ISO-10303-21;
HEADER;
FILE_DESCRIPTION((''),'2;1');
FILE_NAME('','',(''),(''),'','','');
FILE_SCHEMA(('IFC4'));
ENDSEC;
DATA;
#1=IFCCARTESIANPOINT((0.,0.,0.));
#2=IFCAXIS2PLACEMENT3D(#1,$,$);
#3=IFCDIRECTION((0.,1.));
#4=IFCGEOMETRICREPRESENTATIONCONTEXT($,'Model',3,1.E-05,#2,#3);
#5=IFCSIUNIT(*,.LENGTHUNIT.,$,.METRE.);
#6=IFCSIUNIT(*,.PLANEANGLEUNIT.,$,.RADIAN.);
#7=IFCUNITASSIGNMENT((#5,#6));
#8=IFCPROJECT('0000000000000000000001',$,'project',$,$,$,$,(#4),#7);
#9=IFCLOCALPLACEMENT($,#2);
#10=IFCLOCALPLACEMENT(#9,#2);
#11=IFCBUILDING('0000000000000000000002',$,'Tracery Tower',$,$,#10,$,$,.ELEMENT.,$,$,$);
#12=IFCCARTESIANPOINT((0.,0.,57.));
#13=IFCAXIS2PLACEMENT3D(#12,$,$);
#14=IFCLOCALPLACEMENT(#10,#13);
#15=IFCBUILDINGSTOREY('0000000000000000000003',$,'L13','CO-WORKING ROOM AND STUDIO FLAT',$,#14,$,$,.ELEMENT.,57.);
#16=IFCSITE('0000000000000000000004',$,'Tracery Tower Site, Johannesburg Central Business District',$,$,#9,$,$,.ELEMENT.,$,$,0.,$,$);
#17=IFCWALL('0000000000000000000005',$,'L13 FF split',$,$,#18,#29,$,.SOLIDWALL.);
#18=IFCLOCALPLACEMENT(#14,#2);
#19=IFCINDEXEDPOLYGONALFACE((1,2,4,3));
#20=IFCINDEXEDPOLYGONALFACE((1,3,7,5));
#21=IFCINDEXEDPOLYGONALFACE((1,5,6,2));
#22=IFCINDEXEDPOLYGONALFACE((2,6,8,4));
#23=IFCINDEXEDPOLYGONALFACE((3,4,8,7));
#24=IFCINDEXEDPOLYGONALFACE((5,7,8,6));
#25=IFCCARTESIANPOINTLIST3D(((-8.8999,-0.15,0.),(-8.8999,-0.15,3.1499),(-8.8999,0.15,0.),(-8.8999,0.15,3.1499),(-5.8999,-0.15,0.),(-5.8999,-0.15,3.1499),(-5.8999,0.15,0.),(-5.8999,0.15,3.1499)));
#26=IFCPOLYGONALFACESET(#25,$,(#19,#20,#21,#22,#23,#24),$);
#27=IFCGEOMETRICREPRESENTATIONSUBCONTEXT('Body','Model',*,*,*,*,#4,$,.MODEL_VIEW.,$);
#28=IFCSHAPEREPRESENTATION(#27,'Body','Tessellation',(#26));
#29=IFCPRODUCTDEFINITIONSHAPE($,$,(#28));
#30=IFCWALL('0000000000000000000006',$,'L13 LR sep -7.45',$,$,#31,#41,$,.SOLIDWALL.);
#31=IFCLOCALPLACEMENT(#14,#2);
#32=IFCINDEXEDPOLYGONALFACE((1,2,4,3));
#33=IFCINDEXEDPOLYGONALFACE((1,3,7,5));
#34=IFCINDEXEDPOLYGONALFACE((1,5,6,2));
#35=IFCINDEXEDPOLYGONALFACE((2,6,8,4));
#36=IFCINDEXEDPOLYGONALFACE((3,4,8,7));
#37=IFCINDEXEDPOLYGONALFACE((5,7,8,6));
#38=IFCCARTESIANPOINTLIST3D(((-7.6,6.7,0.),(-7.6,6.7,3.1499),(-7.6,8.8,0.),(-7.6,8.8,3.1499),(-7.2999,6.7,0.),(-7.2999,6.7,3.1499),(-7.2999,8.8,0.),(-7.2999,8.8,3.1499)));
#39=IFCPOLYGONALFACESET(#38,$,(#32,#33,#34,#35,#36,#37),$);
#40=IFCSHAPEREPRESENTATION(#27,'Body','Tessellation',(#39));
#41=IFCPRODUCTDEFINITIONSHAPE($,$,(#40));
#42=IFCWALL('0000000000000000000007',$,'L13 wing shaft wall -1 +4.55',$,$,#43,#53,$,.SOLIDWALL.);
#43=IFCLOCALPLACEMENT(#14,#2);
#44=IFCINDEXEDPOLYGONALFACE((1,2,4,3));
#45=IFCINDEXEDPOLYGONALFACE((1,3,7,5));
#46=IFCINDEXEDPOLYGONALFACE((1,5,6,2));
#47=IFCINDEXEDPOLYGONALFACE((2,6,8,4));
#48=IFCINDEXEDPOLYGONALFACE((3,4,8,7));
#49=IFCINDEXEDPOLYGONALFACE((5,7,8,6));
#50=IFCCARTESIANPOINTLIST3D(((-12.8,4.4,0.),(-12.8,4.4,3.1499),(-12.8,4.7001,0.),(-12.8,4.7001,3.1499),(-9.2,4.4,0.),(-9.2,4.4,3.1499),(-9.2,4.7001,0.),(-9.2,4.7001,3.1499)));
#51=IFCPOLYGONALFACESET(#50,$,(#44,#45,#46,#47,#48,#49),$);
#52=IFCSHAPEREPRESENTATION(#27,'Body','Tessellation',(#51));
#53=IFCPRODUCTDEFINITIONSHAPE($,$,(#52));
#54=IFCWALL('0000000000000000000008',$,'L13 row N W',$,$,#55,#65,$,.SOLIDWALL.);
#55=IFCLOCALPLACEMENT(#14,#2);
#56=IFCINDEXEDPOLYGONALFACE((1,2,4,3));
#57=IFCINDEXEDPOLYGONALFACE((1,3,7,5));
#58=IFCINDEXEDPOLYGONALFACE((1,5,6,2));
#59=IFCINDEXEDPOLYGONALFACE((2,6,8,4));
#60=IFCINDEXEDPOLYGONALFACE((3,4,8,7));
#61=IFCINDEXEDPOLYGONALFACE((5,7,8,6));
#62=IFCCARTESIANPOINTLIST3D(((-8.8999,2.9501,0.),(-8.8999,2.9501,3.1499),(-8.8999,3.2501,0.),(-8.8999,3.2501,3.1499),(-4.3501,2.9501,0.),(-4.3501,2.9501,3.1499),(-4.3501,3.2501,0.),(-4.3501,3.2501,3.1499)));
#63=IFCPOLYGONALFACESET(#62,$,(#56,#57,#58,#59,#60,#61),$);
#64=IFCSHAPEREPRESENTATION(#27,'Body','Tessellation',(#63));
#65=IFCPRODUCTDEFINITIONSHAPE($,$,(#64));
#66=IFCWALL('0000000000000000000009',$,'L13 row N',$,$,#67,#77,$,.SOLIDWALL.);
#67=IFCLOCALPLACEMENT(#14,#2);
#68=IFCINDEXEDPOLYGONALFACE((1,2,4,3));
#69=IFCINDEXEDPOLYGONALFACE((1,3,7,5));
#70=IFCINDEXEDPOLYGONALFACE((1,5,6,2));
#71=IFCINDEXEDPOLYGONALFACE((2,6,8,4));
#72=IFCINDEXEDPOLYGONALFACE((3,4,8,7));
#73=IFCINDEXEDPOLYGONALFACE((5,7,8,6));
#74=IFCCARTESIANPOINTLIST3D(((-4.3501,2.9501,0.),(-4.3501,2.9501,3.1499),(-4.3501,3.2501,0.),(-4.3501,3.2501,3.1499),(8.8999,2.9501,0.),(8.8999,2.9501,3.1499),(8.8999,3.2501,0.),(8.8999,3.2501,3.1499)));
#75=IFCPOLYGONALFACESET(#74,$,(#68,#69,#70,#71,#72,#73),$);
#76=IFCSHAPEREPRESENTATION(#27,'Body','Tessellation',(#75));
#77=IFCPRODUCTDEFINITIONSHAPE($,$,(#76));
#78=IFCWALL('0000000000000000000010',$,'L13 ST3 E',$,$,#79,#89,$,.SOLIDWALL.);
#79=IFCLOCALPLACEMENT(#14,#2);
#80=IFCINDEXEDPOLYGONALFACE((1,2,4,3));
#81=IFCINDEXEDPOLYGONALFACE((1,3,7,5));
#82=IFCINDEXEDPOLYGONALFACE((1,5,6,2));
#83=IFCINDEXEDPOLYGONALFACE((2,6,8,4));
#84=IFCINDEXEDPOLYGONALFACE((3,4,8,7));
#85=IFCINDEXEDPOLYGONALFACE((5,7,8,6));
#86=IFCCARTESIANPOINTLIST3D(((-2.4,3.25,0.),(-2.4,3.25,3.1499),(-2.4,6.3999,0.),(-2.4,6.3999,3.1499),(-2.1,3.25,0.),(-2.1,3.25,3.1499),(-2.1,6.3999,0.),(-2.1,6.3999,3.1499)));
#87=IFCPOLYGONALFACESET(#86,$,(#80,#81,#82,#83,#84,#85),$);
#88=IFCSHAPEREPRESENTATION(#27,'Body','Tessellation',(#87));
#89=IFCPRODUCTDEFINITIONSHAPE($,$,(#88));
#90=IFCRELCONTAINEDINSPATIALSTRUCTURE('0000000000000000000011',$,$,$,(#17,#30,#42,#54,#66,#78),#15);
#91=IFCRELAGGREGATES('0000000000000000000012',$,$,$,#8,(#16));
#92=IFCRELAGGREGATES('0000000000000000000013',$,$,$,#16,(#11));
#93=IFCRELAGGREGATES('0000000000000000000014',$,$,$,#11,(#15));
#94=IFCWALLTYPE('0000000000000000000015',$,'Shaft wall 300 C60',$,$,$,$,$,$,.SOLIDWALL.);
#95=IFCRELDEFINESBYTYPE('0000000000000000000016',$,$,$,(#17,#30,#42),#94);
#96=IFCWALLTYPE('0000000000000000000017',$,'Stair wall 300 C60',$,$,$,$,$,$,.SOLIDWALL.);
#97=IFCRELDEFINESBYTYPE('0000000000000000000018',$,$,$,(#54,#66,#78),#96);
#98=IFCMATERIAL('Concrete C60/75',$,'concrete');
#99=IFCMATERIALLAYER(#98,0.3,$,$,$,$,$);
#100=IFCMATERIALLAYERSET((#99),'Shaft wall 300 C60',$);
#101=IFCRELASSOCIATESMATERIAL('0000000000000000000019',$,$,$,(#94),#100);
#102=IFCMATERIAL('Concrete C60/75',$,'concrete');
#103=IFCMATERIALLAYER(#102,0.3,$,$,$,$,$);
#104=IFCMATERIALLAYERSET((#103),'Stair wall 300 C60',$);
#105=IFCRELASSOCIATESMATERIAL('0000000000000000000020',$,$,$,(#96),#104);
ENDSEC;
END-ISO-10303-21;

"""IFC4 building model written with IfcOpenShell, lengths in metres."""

from ifc_helpers import new_model, si_unit, direction, frame, frame_2d, origin, place, context, subcontext, project, spatial, rectangle, extrude, material, layer, layer_set, type_object, element, save


model = new_model("IFC4")

# Units and contexts
model_context = context("Model", 3, precision=1e-05, world=origin(), true_north=direction((0.0, 1.0)))
body_context = subcontext(model_context, "Body", "Model", "MODEL_VIEW")
ifc_project = project(units=[si_unit("LENGTHUNIT", "METRE"), si_unit("PLANEANGLEUNIT", "RADIAN")], contexts=[model_context])

# Site, building, storey
site_placement = place(None, origin())
site = spatial("IfcSite", under=ifc_project, at=site_placement, Name="Tracery Tower Site, Johannesburg Central Business District", CompositionType="ELEMENT", RefElevation=0.0)
building_placement = place(site_placement, origin())
building = spatial("IfcBuilding", under=site, at=building_placement, Name="Tracery Tower", CompositionType="ELEMENT")
storey_placement = place(building_placement, frame((0.0, 0.0, 57.0)))
storey = spatial("IfcBuildingStorey", under=building, at=storey_placement, Name="L13", Description="CO-WORKING ROOM AND STUDIO FLAT", CompositionType="ELEMENT", Elevation=57.0)

# Walls
ifc_material_1 = material(Name="Concrete C60/75", Category="concrete")
ifc_layer_1 = layer(ifc_material_1, 0.3)
ifc_layer_set_1 = layer_set([ifc_layer_1], Name="Shaft wall 300 C60")
wall_type_1 = type_object("IfcWallType", Name="Shaft wall 300 C60", PredefinedType="SOLIDWALL", material=ifc_layer_set_1)
wall_1_placement = place(storey_placement, frame((-8.8999, 0.0, 0.0), z_axis=(0.0, 0.0, 1.0), x_axis=(1.0, 0.0, 0.0)))
element("IfcWall", 1, at=wall_1_placement, inside=storey, type_object=wall_type_1, Name="L13 FF split", PredefinedType="SOLIDWALL", context=body_context, shape_type="SweptSolid", body=[
    extrude(rectangle(XDim=3.0, YDim=0.3, at=frame_2d((1.5, 0.0))), origin(), (0.0, 0.0, 1.0), 3.1499),
])
wall_2_placement = place(storey_placement, frame((-7.45, 6.7, 0.0), z_axis=(0.0, 0.0, 1.0), x_axis=(0.0, 1.0, 0.0)))
element("IfcWall", 2, at=wall_2_placement, inside=storey, type_object=wall_type_1, Name="L13 LR sep -7.45", PredefinedType="SOLIDWALL", context=body_context, shape_type="SweptSolid", body=[
    extrude(rectangle(XDim=2.1001, YDim=0.3, at=frame_2d((1.05, 0.0))), origin(), (0.0, 0.0, 1.0), 3.1499),
])

# Wall
wall_3_placement = place(storey_placement, frame((-12.8, 4.55, 0.0), z_axis=(0.0, 0.0, 1.0), x_axis=(1.0, 0.0, 0.0)))
element("IfcWall", 3, at=wall_3_placement, inside=storey, type_object=wall_type_1, Name="L13 wing shaft wall -1 +4.55", PredefinedType="SOLIDWALL", context=body_context, shape_type="SweptSolid", body=[
    extrude(rectangle(XDim=3.6001, YDim=0.3, at=frame_2d((1.8, 0.0))), origin(), (0.0, 0.0, 1.0), 3.1499),
])

# Walls
ifc_material_2 = material(Name="Concrete C60/75", Category="concrete")
ifc_layer_2 = layer(ifc_material_2, 0.3)
ifc_layer_set_2 = layer_set([ifc_layer_2], Name="Stair wall 300 C60")
wall_type_2 = type_object("IfcWallType", Name="Stair wall 300 C60", PredefinedType="SOLIDWALL", material=ifc_layer_set_2)
wall_4_placement = place(storey_placement, frame((-8.8999, 3.1001, 0.0), z_axis=(0.0, 0.0, 1.0), x_axis=(1.0, 0.0, 0.0)))
element("IfcWall", 4, at=wall_4_placement, inside=storey, type_object=wall_type_2, Name="L13 row N W", PredefinedType="SOLIDWALL", context=body_context, shape_type="SweptSolid", body=[
    extrude(rectangle(XDim=4.5498, YDim=0.3, at=frame_2d((2.2749, 0.0))), origin(), (0.0, 0.0, 1.0), 3.1499),
])
wall_5_placement = place(storey_placement, frame((-4.3501, 3.1001, 0.0), z_axis=(0.0, 0.0, 1.0), x_axis=(1.0, 0.0, 0.0)))
element("IfcWall", 5, at=wall_5_placement, inside=storey, type_object=wall_type_2, Name="L13 row N", PredefinedType="SOLIDWALL", context=body_context, shape_type="SweptSolid", body=[
    extrude(rectangle(XDim=13.25, YDim=0.3, at=frame_2d((6.625, 0.0))), origin(), (0.0, 0.0, 1.0), 3.1499),
])
wall_6_placement = place(storey_placement, frame((-2.25, 3.25, 0.0), z_axis=(0.0, 0.0, 1.0), x_axis=(0.0, 1.0, 0.0)))
element("IfcWall", 6, at=wall_6_placement, inside=storey, type_object=wall_type_2, Name="L13 ST3 E", PredefinedType="SOLIDWALL", context=body_context, shape_type="SweptSolid", body=[
    extrude(rectangle(XDim=3.1499, YDim=0.3, at=frame_2d((1.575, 0.0))), origin(), (0.0, 0.0, 1.0), 3.1499),
])

save(model, "model.ifc")
